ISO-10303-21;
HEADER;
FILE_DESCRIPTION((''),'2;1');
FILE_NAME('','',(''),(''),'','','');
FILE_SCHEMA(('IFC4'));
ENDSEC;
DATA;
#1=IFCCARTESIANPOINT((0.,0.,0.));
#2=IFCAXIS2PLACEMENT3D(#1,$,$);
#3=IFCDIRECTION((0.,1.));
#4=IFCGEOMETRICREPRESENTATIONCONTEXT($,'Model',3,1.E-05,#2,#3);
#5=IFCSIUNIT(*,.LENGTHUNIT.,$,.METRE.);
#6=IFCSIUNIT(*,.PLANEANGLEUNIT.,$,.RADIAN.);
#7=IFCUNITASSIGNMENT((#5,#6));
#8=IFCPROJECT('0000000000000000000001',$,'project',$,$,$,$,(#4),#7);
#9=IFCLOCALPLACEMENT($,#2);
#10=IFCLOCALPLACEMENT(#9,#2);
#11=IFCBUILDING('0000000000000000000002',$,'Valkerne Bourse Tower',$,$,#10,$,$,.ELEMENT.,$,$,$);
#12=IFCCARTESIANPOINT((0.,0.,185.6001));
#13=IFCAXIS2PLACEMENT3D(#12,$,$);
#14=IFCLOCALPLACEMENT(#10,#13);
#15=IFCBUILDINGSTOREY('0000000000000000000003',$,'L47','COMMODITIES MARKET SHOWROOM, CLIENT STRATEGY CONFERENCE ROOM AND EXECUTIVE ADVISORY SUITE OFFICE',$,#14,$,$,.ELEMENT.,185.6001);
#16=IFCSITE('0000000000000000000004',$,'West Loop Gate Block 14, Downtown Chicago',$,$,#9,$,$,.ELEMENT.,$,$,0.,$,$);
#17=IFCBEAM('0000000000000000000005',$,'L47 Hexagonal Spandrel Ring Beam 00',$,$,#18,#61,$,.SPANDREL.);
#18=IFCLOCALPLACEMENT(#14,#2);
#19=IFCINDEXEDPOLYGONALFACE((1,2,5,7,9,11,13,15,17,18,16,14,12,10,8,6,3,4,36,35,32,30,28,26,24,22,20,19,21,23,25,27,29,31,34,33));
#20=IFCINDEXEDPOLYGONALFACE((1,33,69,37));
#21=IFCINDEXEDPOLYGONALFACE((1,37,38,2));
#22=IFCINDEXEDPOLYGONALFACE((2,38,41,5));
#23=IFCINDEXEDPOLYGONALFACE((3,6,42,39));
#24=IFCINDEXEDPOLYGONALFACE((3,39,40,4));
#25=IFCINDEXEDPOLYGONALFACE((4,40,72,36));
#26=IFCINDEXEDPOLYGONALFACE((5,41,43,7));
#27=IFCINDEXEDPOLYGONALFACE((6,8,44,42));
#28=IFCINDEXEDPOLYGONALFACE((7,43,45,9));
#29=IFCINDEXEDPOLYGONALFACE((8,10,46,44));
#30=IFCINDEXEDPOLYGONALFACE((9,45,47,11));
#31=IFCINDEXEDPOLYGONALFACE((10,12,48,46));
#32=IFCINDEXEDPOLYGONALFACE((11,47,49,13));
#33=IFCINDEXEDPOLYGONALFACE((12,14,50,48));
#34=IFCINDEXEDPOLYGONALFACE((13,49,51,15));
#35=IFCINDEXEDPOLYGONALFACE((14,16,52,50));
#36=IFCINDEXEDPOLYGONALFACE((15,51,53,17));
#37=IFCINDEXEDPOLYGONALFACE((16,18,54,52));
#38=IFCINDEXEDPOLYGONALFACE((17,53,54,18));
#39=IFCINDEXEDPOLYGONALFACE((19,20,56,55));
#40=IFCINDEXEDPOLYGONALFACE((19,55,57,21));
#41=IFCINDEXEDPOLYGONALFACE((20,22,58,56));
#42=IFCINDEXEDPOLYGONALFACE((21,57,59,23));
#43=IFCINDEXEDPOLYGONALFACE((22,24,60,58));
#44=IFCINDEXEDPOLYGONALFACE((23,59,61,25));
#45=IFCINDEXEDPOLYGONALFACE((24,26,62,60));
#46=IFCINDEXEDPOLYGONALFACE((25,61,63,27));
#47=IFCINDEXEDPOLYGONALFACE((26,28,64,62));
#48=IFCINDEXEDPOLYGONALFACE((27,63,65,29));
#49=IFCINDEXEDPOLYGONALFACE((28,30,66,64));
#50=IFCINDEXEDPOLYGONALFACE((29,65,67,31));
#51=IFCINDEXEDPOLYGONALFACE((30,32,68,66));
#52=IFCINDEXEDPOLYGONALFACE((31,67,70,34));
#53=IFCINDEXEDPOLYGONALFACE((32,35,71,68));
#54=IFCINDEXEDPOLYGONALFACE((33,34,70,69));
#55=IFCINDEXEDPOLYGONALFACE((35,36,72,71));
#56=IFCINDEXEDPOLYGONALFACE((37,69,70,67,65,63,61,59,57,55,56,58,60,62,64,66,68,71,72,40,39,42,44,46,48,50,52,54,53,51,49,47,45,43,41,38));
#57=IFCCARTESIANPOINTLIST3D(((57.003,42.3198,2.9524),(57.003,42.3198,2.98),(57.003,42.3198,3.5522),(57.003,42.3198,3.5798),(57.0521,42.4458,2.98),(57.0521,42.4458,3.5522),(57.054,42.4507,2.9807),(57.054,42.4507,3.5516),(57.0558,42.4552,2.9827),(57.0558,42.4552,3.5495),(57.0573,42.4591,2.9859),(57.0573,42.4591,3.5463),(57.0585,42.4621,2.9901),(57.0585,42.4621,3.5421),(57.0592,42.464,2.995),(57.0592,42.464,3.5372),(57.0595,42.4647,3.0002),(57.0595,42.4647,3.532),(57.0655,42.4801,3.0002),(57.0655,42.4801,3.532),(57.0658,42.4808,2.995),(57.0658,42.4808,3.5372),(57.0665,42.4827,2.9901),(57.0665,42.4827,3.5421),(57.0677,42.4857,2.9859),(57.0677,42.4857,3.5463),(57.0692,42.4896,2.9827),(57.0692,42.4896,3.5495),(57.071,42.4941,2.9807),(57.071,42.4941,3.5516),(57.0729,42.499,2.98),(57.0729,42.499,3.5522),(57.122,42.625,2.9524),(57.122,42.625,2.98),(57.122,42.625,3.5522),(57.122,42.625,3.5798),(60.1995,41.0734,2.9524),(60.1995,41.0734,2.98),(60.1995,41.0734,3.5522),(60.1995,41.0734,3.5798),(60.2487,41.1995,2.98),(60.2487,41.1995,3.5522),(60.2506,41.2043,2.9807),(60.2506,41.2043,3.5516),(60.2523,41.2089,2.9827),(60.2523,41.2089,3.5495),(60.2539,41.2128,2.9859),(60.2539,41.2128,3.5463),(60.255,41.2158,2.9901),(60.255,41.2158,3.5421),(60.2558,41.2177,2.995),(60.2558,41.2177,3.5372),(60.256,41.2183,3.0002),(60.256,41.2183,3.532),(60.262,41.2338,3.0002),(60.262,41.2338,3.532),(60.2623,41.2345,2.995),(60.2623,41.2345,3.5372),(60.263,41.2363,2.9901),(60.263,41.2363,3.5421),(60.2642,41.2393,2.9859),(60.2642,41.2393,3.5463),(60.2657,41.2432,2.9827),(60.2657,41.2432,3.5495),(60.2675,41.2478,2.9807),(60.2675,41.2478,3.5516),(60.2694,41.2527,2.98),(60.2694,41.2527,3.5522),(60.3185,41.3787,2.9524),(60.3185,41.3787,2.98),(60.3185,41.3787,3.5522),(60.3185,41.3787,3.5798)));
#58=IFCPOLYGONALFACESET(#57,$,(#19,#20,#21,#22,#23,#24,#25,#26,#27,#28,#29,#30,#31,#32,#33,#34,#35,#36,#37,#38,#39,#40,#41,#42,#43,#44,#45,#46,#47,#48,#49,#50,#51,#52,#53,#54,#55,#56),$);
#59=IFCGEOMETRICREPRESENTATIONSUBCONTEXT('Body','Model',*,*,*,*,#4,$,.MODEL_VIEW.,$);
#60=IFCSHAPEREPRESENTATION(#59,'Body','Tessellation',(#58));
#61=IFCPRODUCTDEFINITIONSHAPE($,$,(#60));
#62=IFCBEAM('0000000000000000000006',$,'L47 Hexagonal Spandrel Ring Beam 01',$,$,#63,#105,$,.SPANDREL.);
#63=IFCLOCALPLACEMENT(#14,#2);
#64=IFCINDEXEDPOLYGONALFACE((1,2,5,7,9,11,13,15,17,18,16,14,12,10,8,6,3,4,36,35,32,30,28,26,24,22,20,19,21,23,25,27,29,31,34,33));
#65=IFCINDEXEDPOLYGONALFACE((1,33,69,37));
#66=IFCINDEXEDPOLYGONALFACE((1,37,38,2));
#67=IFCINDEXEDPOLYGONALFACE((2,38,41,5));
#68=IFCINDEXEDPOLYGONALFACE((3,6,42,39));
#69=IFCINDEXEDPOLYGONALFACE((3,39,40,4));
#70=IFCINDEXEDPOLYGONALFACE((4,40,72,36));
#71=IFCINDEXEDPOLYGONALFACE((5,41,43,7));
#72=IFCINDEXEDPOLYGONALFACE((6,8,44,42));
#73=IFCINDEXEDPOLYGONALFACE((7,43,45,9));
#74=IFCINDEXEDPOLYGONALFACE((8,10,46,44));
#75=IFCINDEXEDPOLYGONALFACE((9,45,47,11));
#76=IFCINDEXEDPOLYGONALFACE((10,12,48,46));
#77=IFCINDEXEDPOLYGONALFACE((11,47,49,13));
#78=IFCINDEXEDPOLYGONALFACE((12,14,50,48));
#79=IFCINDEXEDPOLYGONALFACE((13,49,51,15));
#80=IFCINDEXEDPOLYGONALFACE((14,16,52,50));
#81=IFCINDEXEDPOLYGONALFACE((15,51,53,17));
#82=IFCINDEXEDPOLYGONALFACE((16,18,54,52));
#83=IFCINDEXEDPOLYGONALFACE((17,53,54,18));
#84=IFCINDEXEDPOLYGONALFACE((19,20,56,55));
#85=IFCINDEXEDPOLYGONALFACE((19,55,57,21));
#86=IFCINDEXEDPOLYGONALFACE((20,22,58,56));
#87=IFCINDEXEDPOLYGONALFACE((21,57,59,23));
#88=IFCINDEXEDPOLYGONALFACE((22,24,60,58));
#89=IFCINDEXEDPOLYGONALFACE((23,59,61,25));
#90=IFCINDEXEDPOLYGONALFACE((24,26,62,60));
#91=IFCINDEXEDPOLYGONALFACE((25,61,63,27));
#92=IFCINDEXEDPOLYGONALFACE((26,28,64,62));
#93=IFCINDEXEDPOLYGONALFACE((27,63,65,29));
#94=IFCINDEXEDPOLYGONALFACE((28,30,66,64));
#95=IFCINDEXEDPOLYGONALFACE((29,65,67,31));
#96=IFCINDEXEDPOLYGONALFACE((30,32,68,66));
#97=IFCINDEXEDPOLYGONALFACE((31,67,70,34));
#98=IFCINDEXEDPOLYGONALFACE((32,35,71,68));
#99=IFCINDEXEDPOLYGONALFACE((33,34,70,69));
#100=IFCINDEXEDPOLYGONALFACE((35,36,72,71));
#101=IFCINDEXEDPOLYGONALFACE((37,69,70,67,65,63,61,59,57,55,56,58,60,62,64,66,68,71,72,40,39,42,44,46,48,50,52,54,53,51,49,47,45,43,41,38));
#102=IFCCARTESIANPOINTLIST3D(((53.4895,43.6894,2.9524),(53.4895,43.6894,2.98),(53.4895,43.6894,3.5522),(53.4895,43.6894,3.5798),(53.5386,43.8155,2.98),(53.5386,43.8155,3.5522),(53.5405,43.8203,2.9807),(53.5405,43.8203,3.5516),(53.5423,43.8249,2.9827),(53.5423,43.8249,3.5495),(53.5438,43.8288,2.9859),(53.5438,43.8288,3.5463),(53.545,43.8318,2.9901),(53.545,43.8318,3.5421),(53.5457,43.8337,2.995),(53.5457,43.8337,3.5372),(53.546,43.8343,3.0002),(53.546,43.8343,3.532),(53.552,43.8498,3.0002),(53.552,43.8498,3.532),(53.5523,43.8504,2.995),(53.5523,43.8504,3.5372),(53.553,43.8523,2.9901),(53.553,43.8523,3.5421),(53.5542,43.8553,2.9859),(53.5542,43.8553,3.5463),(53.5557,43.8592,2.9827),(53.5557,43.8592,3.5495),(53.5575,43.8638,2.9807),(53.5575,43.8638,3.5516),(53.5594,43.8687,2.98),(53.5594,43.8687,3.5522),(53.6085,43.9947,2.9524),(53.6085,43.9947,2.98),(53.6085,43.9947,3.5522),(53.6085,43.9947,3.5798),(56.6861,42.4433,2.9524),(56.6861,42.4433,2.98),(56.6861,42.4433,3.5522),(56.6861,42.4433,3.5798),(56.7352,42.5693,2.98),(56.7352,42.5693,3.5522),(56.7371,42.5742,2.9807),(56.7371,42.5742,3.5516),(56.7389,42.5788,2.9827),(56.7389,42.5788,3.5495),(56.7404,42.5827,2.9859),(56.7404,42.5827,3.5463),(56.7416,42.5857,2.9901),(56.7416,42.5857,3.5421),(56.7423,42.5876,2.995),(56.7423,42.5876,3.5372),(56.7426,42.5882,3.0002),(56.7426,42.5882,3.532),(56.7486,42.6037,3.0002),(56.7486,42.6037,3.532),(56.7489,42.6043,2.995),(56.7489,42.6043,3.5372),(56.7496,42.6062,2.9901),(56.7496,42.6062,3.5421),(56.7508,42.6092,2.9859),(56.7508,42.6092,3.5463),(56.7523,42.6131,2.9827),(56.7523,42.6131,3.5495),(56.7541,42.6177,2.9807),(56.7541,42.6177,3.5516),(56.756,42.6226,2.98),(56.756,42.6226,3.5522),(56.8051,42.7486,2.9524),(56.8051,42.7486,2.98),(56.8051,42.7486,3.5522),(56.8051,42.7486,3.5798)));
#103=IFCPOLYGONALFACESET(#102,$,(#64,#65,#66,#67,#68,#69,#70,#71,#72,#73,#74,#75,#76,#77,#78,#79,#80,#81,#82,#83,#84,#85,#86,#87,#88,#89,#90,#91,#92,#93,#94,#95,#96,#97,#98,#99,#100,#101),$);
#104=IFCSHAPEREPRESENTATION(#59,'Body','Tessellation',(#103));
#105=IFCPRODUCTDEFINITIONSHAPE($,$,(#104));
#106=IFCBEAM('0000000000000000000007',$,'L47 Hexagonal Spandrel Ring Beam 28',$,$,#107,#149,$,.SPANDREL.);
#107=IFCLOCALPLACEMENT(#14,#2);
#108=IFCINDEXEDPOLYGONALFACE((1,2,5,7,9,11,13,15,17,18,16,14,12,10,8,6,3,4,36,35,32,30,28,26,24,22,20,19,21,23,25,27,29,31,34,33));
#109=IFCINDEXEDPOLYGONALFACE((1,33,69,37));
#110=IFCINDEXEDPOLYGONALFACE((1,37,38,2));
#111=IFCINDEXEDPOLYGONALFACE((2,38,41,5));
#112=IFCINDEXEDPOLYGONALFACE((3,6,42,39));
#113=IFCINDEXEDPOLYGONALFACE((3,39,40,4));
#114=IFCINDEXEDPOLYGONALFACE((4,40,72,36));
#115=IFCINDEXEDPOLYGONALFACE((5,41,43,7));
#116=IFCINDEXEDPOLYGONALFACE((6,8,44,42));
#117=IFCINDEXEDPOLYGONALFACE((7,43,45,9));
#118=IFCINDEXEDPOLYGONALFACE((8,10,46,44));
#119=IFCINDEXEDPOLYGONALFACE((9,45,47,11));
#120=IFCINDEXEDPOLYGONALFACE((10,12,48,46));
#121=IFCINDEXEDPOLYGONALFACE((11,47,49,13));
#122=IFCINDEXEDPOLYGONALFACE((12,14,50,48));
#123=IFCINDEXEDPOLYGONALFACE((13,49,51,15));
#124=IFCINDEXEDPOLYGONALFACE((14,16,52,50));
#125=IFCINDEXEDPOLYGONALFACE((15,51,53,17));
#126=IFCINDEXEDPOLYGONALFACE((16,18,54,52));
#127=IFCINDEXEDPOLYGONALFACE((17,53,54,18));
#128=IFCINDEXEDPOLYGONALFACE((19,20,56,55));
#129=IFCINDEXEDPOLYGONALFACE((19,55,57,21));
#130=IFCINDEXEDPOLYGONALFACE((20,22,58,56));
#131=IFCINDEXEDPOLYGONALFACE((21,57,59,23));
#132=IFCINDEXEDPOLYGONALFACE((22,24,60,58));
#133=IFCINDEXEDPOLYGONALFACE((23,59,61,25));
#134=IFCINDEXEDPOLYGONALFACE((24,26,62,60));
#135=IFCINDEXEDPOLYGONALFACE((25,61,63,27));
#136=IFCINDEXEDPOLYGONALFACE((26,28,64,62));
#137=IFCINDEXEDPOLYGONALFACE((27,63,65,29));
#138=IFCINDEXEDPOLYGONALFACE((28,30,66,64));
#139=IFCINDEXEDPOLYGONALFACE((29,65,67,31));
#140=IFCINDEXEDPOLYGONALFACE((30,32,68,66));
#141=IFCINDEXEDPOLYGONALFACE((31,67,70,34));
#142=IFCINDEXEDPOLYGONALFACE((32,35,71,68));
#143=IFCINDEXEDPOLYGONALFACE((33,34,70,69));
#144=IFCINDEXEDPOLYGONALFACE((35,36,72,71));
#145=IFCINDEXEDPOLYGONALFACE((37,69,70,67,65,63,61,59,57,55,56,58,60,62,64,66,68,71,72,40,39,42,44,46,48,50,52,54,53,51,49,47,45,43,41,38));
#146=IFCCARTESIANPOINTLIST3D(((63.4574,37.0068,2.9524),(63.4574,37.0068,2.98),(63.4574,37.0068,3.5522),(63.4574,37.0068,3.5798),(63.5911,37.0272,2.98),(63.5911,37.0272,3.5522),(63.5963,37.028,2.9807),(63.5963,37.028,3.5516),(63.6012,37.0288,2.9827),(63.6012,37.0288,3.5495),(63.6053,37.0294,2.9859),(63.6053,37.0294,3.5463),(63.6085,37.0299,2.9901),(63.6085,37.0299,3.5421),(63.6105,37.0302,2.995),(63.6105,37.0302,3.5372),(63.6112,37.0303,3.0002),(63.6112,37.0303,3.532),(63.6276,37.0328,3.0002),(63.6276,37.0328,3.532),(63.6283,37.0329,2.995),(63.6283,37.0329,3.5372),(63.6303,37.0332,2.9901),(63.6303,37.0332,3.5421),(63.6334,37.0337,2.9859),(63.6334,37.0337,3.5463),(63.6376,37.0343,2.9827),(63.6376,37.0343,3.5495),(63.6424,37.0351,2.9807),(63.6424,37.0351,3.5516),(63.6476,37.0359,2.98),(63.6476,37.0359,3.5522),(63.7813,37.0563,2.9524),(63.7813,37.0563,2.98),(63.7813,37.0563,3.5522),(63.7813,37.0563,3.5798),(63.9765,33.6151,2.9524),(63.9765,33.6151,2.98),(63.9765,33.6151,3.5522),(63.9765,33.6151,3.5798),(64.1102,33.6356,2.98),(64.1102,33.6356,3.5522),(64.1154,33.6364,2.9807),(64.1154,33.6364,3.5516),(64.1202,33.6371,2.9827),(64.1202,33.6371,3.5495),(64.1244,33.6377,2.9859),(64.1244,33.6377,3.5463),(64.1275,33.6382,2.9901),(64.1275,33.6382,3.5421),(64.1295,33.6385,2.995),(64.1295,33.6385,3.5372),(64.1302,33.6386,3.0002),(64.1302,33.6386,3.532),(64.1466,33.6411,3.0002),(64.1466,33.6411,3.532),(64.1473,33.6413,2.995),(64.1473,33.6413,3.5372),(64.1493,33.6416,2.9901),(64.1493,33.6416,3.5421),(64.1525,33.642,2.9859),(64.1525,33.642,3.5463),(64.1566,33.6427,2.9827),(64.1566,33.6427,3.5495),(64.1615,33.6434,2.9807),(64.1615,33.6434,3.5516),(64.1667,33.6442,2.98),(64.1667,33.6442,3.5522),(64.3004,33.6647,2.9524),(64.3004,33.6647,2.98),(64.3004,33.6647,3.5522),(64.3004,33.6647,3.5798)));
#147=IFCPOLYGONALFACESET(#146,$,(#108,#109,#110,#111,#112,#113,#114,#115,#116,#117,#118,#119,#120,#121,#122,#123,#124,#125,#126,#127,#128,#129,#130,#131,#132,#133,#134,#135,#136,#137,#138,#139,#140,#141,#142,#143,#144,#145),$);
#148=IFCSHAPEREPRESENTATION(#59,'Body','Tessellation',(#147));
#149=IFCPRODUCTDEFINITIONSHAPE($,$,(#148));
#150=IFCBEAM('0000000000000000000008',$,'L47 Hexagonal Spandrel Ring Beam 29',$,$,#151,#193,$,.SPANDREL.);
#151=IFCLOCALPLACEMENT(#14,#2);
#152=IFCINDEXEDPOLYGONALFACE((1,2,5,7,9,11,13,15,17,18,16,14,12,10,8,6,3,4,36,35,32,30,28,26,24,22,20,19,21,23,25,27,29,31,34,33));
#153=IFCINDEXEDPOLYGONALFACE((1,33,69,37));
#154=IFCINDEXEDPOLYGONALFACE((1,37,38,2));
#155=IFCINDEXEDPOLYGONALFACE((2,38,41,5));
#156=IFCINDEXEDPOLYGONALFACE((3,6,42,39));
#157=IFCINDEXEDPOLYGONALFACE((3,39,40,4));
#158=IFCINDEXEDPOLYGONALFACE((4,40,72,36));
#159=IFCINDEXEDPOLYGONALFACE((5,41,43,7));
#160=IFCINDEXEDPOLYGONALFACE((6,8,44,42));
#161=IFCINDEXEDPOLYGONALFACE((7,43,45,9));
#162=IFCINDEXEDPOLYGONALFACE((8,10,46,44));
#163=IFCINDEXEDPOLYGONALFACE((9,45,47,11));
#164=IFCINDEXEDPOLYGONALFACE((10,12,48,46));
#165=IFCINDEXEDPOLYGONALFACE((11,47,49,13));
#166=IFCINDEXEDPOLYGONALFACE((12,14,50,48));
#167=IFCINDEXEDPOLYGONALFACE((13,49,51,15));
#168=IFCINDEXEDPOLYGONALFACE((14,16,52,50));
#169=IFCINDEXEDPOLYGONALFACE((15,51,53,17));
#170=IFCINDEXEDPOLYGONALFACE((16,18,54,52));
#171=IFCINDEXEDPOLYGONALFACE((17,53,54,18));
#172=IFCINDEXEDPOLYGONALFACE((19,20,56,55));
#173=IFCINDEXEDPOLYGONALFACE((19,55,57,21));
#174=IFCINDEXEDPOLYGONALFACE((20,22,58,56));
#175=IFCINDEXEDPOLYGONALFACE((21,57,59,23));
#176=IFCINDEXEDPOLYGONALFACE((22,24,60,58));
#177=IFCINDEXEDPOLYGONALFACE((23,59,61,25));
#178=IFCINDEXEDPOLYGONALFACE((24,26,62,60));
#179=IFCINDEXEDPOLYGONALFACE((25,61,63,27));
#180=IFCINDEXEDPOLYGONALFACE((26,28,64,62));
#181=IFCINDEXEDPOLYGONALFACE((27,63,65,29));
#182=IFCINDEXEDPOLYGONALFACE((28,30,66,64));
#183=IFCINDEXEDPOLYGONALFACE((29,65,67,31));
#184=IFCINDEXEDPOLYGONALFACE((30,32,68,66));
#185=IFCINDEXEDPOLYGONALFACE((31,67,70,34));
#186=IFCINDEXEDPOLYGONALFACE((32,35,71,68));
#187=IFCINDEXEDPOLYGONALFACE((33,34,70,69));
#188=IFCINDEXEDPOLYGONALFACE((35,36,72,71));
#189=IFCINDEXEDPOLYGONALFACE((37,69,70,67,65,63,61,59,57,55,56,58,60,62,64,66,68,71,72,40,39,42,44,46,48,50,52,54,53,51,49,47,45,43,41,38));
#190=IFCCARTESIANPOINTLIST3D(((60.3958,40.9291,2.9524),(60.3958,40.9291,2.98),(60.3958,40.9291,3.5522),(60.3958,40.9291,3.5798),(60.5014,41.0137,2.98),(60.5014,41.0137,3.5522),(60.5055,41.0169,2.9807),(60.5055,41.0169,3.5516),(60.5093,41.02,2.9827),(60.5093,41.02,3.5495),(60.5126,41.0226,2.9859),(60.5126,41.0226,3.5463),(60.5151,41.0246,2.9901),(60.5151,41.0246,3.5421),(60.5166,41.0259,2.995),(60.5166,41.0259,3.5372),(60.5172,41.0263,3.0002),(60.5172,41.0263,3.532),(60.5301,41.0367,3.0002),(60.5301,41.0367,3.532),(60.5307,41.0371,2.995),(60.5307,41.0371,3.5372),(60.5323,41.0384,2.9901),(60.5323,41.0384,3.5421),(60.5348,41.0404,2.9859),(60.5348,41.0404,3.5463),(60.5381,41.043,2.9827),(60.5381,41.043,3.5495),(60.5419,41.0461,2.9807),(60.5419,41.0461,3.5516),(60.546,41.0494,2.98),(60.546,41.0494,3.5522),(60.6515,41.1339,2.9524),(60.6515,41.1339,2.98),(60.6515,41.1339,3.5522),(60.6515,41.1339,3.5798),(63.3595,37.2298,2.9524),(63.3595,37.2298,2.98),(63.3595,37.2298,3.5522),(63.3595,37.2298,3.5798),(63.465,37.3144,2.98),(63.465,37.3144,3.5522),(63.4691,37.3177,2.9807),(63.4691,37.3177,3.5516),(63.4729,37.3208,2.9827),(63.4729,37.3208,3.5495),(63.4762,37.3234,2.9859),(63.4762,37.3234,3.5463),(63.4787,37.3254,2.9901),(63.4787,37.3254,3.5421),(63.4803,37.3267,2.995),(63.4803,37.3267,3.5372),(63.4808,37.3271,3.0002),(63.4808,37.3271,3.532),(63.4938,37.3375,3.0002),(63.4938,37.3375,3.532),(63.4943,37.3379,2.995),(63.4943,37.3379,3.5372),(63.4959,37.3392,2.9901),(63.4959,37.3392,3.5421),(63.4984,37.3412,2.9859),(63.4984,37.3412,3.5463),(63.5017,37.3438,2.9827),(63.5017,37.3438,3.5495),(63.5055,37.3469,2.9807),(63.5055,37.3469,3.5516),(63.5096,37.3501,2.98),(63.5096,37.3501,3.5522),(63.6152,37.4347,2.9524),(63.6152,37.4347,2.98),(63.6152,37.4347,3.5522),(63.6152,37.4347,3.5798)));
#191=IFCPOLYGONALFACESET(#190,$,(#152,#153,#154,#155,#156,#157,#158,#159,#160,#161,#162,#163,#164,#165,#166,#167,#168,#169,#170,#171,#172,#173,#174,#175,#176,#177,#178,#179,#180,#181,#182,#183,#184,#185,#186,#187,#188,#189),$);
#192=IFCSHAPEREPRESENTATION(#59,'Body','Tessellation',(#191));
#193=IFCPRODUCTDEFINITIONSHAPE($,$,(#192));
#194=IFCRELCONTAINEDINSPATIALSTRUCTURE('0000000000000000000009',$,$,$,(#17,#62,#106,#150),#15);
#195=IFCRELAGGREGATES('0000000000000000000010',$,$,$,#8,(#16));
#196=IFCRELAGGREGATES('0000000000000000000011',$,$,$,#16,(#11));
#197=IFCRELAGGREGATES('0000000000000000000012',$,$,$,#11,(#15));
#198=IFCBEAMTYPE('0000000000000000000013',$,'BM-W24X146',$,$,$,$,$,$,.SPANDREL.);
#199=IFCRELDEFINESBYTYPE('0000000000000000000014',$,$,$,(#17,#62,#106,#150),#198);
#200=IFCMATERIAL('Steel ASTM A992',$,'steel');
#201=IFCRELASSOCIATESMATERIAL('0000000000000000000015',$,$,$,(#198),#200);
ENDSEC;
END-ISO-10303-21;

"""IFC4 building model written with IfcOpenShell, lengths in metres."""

from ifc_helpers import new_model, si_unit, direction, frame, origin, origin_2d, place, context, subcontext, project, spatial, i_section, extrude, material, material_profile, profile_set, type_object, element, save


model = new_model("IFC4")

# Units and contexts
model_context = context("Model", 3, precision=1e-05, world=origin(), true_north=direction((0.0, 1.0)))
body_context = subcontext(model_context, "Body", "Model", "MODEL_VIEW")
ifc_project = project(units=[si_unit("LENGTHUNIT", "METRE"), si_unit("PLANEANGLEUNIT", "RADIAN")], contexts=[model_context])

# Site, building, storey
site_placement = place(None, origin())
site = spatial("IfcSite", under=ifc_project, at=site_placement, Name="West Loop Gate Block 14, Downtown Chicago", CompositionType="ELEMENT", RefElevation=0.0)
building_placement = place(site_placement, origin())
building = spatial("IfcBuilding", under=site, at=building_placement, Name="Valkerne Bourse Tower", CompositionType="ELEMENT")
storey_placement = place(building_placement, frame((0.0, 0.0, 185.6001)))
storey = spatial("IfcBuildingStorey", under=building, at=storey_placement, Name="L47", Description="COMMODITIES MARKET SHOWROOM, CLIENT STRATEGY CONFERENCE ROOM AND EXECUTIVE ADVISORY SUITE OFFICE", CompositionType="ELEMENT", Elevation=185.6001)

# Beams
ifc_material_1 = material(Name="Steel ASTM A992", Category="steel")
ifc_material_profile_1 = material_profile(ifc_material_1, i_section(OverallWidth=0.3276, OverallDepth=0.6274, WebThickness=0.0166, FlangeThickness=0.0276, FilletRadius=0.0203, at=origin_2d()), Name="W24X146")
ifc_profile_set_1 = profile_set([ifc_material_profile_1], Name="Steel ASTM A992")
beam_type = type_object("IfcBeamType", Name="BM-W24X146", PredefinedType="SPANDREL", material=ifc_profile_set_1)
for number, where, z_axis, x_axis, name in (
    (1, (60.259, 41.2261, 3.2661), (-0.931685, 0.363267, 0.0), (-0.363267, -0.931685, 0.0), "L47 Hexagonal Spandrel Ring Beam 00"),
    (2, (56.7456, 42.5959, 3.2661), (-0.931709, 0.363205, 0.0), (-0.363205, -0.931709, 0.0), "L47 Hexagonal Spandrel Ring Beam 01"),
):
    element("IfcBeam", number, at=place(storey_placement, frame(where, z_axis=z_axis, x_axis=x_axis)), inside=storey, type_object=beam_type, Name=name, PredefinedType="SPANDREL", context=body_context, shape_type="SweptSolid", body=[
        extrude(i_section(OverallWidth=0.3276, OverallDepth=0.6274, WebThickness=0.0166, FlangeThickness=0.0276, FilletRadius=0.0203, at=origin_2d()), origin(), (0.0, 0.0, 1.0), 3.4309),
    ])
beam_1_placement = place(storey_placement, frame((64.1384, 33.6399, 3.2661), z_axis=(-0.151276, 0.988491, 0.0), x_axis=(-0.988491, -0.151276, 0.0)))
element("IfcBeam", 3, at=beam_1_placement, inside=storey, type_object=beam_type, Name="L47 Hexagonal Spandrel Ring Beam 28", PredefinedType="SPANDREL", context=body_context, shape_type="SweptSolid", body=[
    extrude(i_section(OverallWidth=0.3276, OverallDepth=0.6274, WebThickness=0.0166, FlangeThickness=0.0276, FilletRadius=0.0203, at=origin_2d()), origin(), (0.0, 0.0, 1.0), 3.4312),
])
beam_2_placement = place(storey_placement, frame((63.4873, 37.3323, 3.2661), z_axis=(-0.625241, 0.780431, 0.0), x_axis=(-0.780431, -0.625241, 0.0)))
element("IfcBeam", 4, at=beam_2_placement, inside=storey, type_object=beam_type, Name="L47 Hexagonal Spandrel Ring Beam 29", PredefinedType="SPANDREL", context=body_context, shape_type="SweptSolid", body=[
    extrude(i_section(OverallWidth=0.3276, OverallDepth=0.6274, WebThickness=0.0166, FlangeThickness=0.0276, FilletRadius=0.0203, at=origin_2d()), origin(), (0.0, 0.0, 1.0), 4.74),
])

save(model, "model.ifc")
